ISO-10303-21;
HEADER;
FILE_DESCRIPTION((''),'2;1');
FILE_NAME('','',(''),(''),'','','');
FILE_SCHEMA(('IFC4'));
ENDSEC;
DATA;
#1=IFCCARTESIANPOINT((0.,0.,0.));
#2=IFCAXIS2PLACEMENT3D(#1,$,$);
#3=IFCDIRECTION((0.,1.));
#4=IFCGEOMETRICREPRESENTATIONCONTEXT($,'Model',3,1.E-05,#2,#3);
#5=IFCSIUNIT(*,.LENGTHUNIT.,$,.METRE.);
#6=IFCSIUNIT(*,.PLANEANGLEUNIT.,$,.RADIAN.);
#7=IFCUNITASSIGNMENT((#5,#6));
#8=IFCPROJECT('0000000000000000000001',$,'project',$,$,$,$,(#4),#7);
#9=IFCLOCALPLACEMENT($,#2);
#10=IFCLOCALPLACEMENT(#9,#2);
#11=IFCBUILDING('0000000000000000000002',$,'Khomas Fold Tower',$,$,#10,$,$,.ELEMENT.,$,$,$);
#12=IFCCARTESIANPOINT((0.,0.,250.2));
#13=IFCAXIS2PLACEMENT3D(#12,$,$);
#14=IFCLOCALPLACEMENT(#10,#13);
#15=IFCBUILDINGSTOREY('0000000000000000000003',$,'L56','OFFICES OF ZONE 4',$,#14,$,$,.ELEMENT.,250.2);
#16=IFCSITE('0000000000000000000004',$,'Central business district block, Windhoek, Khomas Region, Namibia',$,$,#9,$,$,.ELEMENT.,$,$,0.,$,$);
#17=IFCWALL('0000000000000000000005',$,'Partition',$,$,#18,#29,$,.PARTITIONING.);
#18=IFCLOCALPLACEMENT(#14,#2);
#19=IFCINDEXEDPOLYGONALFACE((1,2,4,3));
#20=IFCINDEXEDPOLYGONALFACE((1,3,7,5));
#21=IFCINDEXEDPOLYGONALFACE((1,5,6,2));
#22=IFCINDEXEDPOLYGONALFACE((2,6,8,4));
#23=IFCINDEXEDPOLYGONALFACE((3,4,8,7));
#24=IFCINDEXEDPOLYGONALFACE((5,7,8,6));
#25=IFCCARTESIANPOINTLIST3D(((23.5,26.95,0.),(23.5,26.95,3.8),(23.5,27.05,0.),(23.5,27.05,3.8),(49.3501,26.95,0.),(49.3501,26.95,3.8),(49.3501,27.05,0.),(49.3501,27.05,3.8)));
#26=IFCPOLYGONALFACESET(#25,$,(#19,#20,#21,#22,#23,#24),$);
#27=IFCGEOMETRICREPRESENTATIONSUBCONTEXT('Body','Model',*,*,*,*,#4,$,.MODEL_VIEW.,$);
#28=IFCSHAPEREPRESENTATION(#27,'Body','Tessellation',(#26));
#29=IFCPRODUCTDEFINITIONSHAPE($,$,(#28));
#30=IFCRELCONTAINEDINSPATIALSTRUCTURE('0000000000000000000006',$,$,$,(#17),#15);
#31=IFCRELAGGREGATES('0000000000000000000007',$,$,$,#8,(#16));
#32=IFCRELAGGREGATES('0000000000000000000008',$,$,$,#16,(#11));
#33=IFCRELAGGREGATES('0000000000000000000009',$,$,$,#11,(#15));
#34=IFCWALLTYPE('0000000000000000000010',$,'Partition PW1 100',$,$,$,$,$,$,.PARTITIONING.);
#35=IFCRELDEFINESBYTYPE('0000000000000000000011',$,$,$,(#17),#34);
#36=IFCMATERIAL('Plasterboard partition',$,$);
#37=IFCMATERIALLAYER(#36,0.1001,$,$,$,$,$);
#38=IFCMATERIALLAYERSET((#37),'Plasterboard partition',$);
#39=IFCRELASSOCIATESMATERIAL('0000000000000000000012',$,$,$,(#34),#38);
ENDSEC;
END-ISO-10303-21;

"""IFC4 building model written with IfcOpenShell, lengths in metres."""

from ifc_helpers import new_model, si_unit, direction, frame, frame_2d, origin, place, context, subcontext, project, spatial, rectangle, extrude, source, transform, mapped, material, layer, layer_set, type_object, element, save


model = new_model("IFC4")

# Units and contexts
model_context = context("Model", 3, precision=1e-05, world=origin(), true_north=direction((0.0, 1.0)))
body_context = subcontext(model_context, "Body", "Model", "MODEL_VIEW")
ifc_project = project(units=[si_unit("LENGTHUNIT", "METRE"), si_unit("PLANEANGLEUNIT", "RADIAN")], contexts=[model_context])

# Site, building, storey
site_placement = place(None, origin())
site = spatial("IfcSite", under=ifc_project, at=site_placement, Name="Central business district block, Windhoek, Khomas Region, Namibia", CompositionType="ELEMENT", RefElevation=0.0)
building_placement = place(site_placement, origin())
building = spatial("IfcBuilding", under=site, at=building_placement, Name="Khomas Fold Tower", CompositionType="ELEMENT")
storey_placement = place(building_placement, frame((0.0, 0.0, 250.2)))
storey = spatial("IfcBuildingStorey", under=building, at=storey_placement, Name="L56", Description="OFFICES OF ZONE 4", CompositionType="ELEMENT", Elevation=250.2)

# Wall
ifc_material_1 = material(Name="Plasterboard partition")
ifc_layer_1 = layer(ifc_material_1, 0.1001)
ifc_layer_set_1 = layer_set([ifc_layer_1], Name="Plasterboard partition")
wall_type_1 = type_object("IfcWallType", Name="Partition PW1 100", PredefinedType="PARTITIONING", material=ifc_layer_set_1)
shared_shape_1 = source(origin(), body_context, "Body", "SweptSolid", [
    extrude(rectangle(XDim=25.8501, YDim=0.1001, at=frame_2d((12.925, 0.0))), origin(), (0.0, 0.0, 1.0), 3.8),
])
wall_1_placement = place(storey_placement, frame((23.5, 27.0, 0.0), z_axis=(0.0, 0.0, 1.0), x_axis=(1.0, 0.0, 0.0)))
element("IfcWall", 1, at=wall_1_placement, inside=storey, type_object=wall_type_1, Name="Partition", PredefinedType="PARTITIONING", context=body_context, shape_type="MappedRepresentation", body=[
    mapped(shared_shape_1, transform((0.0, 0.0, 0.0))),
])

save(model, "model.ifc")
